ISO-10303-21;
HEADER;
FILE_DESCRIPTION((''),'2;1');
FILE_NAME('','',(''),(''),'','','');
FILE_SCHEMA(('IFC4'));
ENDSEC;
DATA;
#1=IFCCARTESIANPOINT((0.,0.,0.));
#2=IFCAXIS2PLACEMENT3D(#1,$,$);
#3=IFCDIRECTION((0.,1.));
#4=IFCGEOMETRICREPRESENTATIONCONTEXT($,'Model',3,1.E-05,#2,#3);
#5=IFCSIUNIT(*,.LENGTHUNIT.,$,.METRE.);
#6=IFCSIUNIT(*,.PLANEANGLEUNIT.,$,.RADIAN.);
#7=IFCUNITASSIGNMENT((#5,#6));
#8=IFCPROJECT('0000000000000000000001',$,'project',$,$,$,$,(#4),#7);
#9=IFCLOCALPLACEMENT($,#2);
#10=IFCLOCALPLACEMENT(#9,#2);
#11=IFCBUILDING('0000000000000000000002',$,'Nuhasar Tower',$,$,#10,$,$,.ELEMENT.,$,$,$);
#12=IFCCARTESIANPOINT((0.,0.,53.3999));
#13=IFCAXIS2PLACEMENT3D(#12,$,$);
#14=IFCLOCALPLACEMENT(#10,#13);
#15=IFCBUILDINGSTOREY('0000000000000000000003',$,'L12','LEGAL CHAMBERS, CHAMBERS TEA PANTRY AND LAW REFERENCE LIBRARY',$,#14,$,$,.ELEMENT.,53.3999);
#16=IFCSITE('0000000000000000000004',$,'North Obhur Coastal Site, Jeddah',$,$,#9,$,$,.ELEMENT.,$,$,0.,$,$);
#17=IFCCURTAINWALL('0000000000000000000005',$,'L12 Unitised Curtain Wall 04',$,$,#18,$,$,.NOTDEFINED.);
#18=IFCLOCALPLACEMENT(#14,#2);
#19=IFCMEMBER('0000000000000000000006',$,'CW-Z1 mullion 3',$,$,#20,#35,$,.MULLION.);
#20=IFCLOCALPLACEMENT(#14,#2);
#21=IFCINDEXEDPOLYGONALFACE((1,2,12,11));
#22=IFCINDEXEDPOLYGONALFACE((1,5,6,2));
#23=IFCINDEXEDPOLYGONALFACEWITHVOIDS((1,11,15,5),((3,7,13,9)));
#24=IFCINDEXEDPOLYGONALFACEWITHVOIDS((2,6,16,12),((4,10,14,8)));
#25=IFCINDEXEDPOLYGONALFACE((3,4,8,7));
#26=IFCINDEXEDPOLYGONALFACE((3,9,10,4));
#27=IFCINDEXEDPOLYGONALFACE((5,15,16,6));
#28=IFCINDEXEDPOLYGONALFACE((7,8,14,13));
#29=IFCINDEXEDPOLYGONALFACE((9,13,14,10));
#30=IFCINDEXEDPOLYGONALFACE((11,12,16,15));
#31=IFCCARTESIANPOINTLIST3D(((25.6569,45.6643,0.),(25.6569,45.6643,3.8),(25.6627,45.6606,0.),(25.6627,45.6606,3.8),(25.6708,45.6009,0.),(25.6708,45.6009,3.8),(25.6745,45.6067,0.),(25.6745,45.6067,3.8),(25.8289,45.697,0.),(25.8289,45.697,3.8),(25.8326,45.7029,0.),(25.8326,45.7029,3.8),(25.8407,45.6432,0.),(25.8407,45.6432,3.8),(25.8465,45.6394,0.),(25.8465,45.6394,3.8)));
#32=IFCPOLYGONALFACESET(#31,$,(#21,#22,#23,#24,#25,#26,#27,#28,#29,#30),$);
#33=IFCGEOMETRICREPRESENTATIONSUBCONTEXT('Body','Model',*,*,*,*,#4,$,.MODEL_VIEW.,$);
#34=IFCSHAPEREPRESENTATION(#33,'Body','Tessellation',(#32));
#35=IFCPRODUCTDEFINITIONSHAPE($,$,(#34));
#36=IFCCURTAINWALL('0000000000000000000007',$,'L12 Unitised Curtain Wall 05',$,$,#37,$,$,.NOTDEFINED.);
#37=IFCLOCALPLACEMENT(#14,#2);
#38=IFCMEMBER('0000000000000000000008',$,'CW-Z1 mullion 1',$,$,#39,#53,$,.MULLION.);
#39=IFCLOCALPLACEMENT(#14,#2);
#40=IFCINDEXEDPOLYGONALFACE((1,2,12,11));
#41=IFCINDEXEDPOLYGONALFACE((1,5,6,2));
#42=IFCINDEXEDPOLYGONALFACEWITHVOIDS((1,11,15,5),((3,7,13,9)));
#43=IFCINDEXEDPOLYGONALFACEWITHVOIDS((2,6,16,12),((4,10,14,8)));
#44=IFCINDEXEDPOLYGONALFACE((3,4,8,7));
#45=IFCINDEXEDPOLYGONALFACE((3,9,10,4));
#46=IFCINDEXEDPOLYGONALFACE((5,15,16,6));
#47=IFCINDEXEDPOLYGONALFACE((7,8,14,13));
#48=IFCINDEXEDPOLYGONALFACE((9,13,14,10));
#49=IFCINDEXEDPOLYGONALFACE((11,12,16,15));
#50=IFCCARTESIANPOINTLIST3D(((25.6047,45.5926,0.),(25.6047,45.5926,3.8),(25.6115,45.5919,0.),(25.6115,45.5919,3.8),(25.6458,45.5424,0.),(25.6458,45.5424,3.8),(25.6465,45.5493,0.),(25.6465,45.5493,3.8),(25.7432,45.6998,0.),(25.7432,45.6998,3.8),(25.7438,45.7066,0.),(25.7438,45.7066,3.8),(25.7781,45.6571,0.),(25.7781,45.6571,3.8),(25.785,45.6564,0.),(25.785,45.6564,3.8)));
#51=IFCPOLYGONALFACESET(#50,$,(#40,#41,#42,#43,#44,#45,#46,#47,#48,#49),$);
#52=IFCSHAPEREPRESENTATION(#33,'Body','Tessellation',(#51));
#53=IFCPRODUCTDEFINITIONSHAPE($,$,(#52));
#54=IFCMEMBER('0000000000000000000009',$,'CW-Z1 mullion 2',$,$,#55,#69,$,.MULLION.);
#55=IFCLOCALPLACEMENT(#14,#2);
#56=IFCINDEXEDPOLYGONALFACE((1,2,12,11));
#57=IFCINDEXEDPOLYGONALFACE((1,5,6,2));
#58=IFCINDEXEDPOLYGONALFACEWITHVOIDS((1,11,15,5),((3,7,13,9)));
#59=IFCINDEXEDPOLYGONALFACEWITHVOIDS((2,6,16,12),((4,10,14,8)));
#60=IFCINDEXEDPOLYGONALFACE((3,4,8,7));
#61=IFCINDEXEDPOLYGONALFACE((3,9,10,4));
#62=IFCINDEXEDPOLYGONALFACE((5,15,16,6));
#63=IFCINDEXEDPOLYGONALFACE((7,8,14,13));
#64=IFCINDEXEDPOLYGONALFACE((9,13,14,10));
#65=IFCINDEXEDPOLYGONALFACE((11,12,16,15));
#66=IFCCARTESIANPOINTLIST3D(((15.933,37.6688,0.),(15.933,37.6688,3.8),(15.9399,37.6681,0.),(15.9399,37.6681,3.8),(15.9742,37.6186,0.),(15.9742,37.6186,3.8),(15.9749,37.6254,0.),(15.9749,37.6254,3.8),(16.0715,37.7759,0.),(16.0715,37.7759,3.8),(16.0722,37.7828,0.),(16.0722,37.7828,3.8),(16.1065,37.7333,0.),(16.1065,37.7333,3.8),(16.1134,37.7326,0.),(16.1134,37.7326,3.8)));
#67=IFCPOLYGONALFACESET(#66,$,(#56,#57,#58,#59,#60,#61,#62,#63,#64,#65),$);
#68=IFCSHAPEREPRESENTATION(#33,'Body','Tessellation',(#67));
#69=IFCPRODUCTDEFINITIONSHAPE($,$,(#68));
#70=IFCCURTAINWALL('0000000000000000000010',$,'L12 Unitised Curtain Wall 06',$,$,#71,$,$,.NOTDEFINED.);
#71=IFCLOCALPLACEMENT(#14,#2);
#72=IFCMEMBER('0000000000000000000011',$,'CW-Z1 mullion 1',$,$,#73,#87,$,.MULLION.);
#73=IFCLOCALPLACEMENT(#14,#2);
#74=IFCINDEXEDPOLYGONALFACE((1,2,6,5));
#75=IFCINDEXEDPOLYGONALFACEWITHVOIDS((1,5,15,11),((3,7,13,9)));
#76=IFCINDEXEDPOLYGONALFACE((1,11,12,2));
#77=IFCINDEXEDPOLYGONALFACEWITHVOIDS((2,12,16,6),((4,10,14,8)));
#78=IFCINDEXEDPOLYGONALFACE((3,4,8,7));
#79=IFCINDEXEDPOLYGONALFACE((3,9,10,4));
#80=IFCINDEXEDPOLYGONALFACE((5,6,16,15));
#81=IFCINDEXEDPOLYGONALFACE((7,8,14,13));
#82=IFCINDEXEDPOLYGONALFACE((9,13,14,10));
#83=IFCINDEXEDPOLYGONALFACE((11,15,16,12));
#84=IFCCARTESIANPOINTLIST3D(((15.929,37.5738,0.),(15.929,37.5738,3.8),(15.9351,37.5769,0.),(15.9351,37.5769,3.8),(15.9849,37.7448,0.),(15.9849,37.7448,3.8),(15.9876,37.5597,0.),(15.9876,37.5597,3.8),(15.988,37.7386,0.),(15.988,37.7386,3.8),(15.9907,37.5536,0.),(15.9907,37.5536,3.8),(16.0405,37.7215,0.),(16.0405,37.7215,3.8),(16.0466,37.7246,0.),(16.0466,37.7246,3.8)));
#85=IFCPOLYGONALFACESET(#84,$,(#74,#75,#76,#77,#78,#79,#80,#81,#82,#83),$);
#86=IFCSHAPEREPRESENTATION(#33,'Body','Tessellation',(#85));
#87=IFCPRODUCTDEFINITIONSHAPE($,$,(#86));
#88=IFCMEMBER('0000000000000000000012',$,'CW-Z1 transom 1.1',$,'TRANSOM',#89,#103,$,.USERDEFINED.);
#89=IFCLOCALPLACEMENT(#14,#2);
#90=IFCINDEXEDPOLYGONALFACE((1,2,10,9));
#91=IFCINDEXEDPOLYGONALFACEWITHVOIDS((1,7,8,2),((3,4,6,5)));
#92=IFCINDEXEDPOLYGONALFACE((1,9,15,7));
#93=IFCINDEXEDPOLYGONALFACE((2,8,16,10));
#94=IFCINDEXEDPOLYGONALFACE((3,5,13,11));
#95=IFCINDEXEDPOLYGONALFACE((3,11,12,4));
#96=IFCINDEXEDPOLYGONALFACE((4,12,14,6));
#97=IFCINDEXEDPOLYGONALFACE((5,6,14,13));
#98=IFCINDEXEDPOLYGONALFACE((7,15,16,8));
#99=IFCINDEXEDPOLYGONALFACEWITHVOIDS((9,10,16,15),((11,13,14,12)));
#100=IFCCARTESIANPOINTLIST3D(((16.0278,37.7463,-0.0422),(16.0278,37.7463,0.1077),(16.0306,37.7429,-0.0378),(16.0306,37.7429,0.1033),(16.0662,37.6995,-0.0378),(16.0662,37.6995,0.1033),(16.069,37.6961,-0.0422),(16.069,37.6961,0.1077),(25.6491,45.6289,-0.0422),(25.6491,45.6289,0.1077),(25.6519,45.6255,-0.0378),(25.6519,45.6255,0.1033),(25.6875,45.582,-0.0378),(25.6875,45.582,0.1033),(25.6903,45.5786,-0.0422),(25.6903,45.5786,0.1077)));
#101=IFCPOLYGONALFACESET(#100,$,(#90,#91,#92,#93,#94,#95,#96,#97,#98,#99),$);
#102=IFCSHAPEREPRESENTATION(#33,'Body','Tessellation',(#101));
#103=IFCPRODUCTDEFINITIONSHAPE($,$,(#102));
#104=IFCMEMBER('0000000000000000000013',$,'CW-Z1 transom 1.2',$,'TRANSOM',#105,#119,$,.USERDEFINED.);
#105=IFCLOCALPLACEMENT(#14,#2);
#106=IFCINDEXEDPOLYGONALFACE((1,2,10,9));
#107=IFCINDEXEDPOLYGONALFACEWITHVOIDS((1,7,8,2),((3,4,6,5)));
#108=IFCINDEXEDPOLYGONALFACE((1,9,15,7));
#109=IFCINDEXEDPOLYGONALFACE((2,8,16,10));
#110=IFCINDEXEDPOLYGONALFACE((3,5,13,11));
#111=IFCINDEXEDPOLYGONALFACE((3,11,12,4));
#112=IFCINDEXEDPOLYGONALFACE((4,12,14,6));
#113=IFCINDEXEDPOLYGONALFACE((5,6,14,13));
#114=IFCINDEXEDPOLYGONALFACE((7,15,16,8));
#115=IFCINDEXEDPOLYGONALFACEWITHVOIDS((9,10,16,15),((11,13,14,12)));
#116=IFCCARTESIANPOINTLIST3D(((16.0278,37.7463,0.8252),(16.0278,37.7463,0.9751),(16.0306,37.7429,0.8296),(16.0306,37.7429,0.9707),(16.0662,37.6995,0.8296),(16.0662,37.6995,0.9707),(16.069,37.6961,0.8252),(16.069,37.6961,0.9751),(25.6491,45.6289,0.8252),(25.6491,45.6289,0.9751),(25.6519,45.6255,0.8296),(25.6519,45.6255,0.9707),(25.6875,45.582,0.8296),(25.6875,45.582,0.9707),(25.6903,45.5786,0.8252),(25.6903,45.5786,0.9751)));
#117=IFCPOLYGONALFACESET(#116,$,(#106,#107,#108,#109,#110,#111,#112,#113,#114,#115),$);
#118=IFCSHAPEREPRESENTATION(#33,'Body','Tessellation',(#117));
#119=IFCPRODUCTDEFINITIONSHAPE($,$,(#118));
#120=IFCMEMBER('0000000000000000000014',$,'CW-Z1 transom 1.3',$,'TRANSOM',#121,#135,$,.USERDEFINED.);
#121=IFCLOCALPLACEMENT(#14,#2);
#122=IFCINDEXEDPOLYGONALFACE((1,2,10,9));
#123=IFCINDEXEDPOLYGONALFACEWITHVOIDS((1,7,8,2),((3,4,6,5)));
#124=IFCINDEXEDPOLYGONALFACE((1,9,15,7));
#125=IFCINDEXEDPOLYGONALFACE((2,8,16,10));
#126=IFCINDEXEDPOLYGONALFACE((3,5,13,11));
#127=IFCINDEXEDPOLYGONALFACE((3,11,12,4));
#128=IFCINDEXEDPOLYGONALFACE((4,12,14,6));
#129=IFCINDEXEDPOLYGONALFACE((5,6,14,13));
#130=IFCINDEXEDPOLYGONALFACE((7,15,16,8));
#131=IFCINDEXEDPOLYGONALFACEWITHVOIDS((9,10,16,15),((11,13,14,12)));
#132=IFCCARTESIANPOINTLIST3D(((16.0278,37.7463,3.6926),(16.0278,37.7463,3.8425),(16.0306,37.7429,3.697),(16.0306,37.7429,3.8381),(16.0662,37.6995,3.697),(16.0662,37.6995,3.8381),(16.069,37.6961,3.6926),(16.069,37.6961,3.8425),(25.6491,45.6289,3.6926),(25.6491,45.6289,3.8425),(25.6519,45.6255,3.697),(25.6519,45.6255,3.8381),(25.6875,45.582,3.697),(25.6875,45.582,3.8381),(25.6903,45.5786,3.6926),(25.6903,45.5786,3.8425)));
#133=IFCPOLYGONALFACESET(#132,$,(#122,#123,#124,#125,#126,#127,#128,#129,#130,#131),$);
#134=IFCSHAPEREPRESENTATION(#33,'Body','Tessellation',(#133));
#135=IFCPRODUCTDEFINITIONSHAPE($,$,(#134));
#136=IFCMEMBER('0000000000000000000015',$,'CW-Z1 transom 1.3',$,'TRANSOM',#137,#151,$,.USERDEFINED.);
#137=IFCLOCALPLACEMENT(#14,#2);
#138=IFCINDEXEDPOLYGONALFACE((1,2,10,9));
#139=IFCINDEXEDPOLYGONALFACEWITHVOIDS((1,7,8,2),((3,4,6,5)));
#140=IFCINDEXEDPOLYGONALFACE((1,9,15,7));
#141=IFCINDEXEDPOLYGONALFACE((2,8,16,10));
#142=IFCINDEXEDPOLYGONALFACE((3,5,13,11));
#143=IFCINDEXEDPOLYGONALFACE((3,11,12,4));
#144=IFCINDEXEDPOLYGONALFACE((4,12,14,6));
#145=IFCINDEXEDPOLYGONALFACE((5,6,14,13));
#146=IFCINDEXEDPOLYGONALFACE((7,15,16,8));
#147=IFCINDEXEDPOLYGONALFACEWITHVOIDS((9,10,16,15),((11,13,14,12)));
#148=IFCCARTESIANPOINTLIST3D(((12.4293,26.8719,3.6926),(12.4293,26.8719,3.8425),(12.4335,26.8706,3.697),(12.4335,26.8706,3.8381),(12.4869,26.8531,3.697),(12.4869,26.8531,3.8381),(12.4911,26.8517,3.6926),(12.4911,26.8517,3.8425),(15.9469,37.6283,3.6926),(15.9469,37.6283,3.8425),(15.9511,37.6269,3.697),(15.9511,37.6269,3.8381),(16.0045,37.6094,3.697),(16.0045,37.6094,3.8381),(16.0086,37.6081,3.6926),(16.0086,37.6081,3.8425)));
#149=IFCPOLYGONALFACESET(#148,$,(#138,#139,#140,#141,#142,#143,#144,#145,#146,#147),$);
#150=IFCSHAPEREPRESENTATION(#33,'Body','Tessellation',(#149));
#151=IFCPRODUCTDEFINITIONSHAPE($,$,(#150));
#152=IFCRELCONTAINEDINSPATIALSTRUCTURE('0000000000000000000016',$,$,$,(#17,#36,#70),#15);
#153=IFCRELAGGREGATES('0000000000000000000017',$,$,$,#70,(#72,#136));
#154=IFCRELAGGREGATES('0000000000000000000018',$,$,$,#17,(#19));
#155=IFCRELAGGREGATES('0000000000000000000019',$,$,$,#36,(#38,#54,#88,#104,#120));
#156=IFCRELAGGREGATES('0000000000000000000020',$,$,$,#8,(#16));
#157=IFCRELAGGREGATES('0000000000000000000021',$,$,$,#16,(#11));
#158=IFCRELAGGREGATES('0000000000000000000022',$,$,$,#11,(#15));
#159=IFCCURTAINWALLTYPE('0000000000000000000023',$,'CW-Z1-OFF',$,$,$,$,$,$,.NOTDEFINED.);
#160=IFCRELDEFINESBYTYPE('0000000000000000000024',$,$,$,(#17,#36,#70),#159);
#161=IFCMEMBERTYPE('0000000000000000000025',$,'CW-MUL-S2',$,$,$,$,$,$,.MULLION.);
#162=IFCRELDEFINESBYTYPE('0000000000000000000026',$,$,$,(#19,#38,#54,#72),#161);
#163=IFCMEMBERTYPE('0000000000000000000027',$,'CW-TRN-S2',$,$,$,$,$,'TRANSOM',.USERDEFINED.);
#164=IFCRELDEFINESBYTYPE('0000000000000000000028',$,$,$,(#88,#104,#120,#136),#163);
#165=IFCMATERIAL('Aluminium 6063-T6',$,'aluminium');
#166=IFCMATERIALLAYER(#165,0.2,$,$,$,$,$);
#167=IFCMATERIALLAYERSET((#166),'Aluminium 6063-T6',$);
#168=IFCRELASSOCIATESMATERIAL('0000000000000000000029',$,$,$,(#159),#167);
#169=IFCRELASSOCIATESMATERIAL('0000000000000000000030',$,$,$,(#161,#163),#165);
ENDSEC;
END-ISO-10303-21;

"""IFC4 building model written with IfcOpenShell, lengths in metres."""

from ifc_helpers import new_model, si_unit, direction, frame, origin, origin_2d, place, context, subcontext, project, spatial, hollow_rectangle, extrude, material, layer, layer_set, material_profile, profile_set, type_object, element, aggregate, save


model = new_model("IFC4")

# Units and contexts
model_context = context("Model", 3, precision=1e-05, world=origin(), true_north=direction((0.0, 1.0)))
body_context = subcontext(model_context, "Body", "Model", "MODEL_VIEW")
ifc_project = project(units=[si_unit("LENGTHUNIT", "METRE"), si_unit("PLANEANGLEUNIT", "RADIAN")], contexts=[model_context])

# Site, building, storey
site_placement = place(None, origin())
site = spatial("IfcSite", under=ifc_project, at=site_placement, Name="North Obhur Coastal Site, Jeddah", CompositionType="ELEMENT", RefElevation=0.0)
building_placement = place(site_placement, origin())
building = spatial("IfcBuilding", under=site, at=building_placement, Name="Nuhasar Tower", CompositionType="ELEMENT")
storey_placement = place(building_placement, frame((0.0, 0.0, 53.3999)))
storey = spatial("IfcBuildingStorey", under=building, at=storey_placement, Name="L12", Description="LEGAL CHAMBERS, CHAMBERS TEA PANTRY AND LAW REFERENCE LIBRARY", CompositionType="ELEMENT", Elevation=53.3999)

# Curtain wall, member
ifc_material_1 = material(Name="Aluminium 6063-T6", Category="aluminium")
ifc_layer_1 = layer(ifc_material_1, 0.2)
ifc_layer_set_1 = layer_set([ifc_layer_1], Name="Aluminium 6063-T6")
curtain_wall_type = type_object("IfcCurtainWallType", Name="CW-Z1-OFF", PredefinedType="NOTDEFINED", material=ifc_layer_set_1)
curtain_wall_1_placement = place(storey_placement, origin())
curtain_wall_1 = element("IfcCurtainWall", 1, at=curtain_wall_1_placement, inside=storey, type_object=curtain_wall_type, Name="L12 Unitised Curtain Wall 04", PredefinedType="NOTDEFINED")
ifc_material_profile_1 = material_profile(ifc_material_1, hollow_rectangle(XDim=0.0649, YDim=0.1799, WallThickness=0.0049, at=origin_2d()), Name="CWM-2")
ifc_profile_set_1 = profile_set([ifc_material_profile_1], Name="Aluminium 6063-T6")
member_type_1 = type_object("IfcMemberType", Name="CW-MUL-S2", PredefinedType="MULLION", material=ifc_profile_set_1)
member_1_placement = place(storey_placement, frame((25.7517, 45.6519, 0.0), z_axis=(0.0, 0.0, 1.0), x_axis=(0.214399, -0.976746, 0.0)))
member_1 = element("IfcMember", 2, at=member_1_placement, type_object=member_type_1, Name="CW-Z1 mullion 3", PredefinedType="MULLION", context=body_context, shape_type="SweptSolid", body=[
    extrude(hollow_rectangle(XDim=0.0649, YDim=0.1799, WallThickness=0.0049, at=origin_2d()), origin(), (0.0, 0.0, 1.0), 3.8),
])

# Curtain wall, members
curtain_wall_2_placement = place(storey_placement, origin())
curtain_wall_2 = element("IfcCurtainWall", 3, at=curtain_wall_2_placement, inside=storey, type_object=curtain_wall_type, Name="L12 Unitised Curtain Wall 05", PredefinedType="NOTDEFINED")
member_2_placement = place(storey_placement, frame((25.6948, 45.6245, 0.0), z_axis=(0.0, 0.0, 1.0), x_axis=(0.633745, -0.773542, 0.0)))
member_2 = element("IfcMember", 4, at=member_2_placement, type_object=member_type_1, Name="CW-Z1 mullion 1", PredefinedType="MULLION", context=body_context, shape_type="SweptSolid", body=[
    extrude(hollow_rectangle(XDim=0.0649, YDim=0.1799, WallThickness=0.0049, at=origin_2d()), origin(), (0.0, 0.0, 1.0), 3.8),
])
member_3_placement = place(storey_placement, frame((16.0232, 37.7007, 0.0), z_axis=(0.0, 0.0, 1.0), x_axis=(0.633745, -0.773542, 0.0)))
member_3 = element("IfcMember", 5, at=member_3_placement, type_object=member_type_1, Name="CW-Z1 mullion 2", PredefinedType="MULLION", context=body_context, shape_type="SweptSolid", body=[
    extrude(hollow_rectangle(XDim=0.0649, YDim=0.1799, WallThickness=0.0049, at=origin_2d()), origin(), (0.0, 0.0, 1.0), 3.8),
])

# Curtain wall, member
curtain_wall_3_placement = place(storey_placement, origin())
curtain_wall_3 = element("IfcCurtainWall", 6, at=curtain_wall_3_placement, inside=storey, type_object=curtain_wall_type, Name="L12 Unitised Curtain Wall 06", PredefinedType="NOTDEFINED")
member_4_placement = place(storey_placement, frame((15.9878, 37.6492, 0.0), z_axis=(0.0, 0.0, 1.0), x_axis=(0.950468, -0.310824, 0.0)))
member_4 = element("IfcMember", 7, at=member_4_placement, type_object=member_type_1, Name="CW-Z1 mullion 1", PredefinedType="MULLION", context=body_context, shape_type="SweptSolid", body=[
    extrude(hollow_rectangle(XDim=0.0649, YDim=0.1799, WallThickness=0.0049, at=origin_2d()), origin(), (0.0, 0.0, 1.0), 3.8),
])

# Members
ifc_material_profile_2 = material_profile(ifc_material_1, hollow_rectangle(XDim=0.0649, YDim=0.1499, WallThickness=0.0044, at=origin_2d()), Name="CWT-2")
ifc_profile_set_2 = profile_set([ifc_material_profile_2], Name="Aluminium 6063-T6")
member_type_2 = type_object("IfcMemberType", Name="CW-TRN-S2", ElementType="TRANSOM", PredefinedType="USERDEFINED", material=ifc_profile_set_2)
member_5_placement = place(storey_placement, frame((25.6697, 45.6038, 0.0327), z_axis=(-0.773541, -0.633746, 0.0), x_axis=(0.633746, -0.773541, 0.0)))
member_5 = element("IfcMember", 8, at=member_5_placement, type_object=member_type_2, Name="CW-Z1 transom 1.1", ObjectType="TRANSOM", PredefinedType="USERDEFINED", context=body_context, shape_type="SweptSolid", body=[
    extrude(hollow_rectangle(XDim=0.0649, YDim=0.1499, WallThickness=0.0044, at=origin_2d()), origin(), (0.0, 0.0, 1.0), 12.438),
])
member_6_placement = place(storey_placement, frame((25.6697, 45.6038, 0.9001), z_axis=(-0.773541, -0.633746, 0.0), x_axis=(0.633746, -0.773541, 0.0)))
member_6 = element("IfcMember", 9, at=member_6_placement, type_object=member_type_2, Name="CW-Z1 transom 1.2", ObjectType="TRANSOM", PredefinedType="USERDEFINED", context=body_context, shape_type="SweptSolid", body=[
    extrude(hollow_rectangle(XDim=0.0649, YDim=0.1499, WallThickness=0.0044, at=origin_2d()), origin(), (0.0, 0.0, 1.0), 12.438),
])
member_7_placement = place(storey_placement, frame((25.6697, 45.6038, 3.7676), z_axis=(-0.773541, -0.633746, 0.0), x_axis=(0.633746, -0.773541, 0.0)))
member_7 = element("IfcMember", 10, at=member_7_placement, type_object=member_type_2, Name="CW-Z1 transom 1.3", ObjectType="TRANSOM", PredefinedType="USERDEFINED", context=body_context, shape_type="SweptSolid", body=[
    extrude(hollow_rectangle(XDim=0.0649, YDim=0.1499, WallThickness=0.0044, at=origin_2d()), origin(), (0.0, 0.0, 1.0), 12.438),
])
member_8_placement = place(storey_placement, frame((15.9778, 37.6182, 3.7676), z_axis=(-0.310825, -0.950467, 0.0), x_axis=(0.950467, -0.310825, 0.0)))
member_8 = element("IfcMember", 11, at=member_8_placement, type_object=member_type_2, Name="CW-Z1 transom 1.3", ObjectType="TRANSOM", PredefinedType="USERDEFINED", context=body_context, shape_type="SweptSolid", body=[
    extrude(hollow_rectangle(XDim=0.0649, YDim=0.1499, WallThickness=0.0044, at=origin_2d()), origin(), (0.0, 0.0, 1.0), 11.3169),
])
aggregate(curtain_wall_3, [member_4, member_8])

aggregate(curtain_wall_1, [member_1])
aggregate(curtain_wall_2, [member_2, member_3, member_5, member_6, member_7])

save(model, "model.ifc")
